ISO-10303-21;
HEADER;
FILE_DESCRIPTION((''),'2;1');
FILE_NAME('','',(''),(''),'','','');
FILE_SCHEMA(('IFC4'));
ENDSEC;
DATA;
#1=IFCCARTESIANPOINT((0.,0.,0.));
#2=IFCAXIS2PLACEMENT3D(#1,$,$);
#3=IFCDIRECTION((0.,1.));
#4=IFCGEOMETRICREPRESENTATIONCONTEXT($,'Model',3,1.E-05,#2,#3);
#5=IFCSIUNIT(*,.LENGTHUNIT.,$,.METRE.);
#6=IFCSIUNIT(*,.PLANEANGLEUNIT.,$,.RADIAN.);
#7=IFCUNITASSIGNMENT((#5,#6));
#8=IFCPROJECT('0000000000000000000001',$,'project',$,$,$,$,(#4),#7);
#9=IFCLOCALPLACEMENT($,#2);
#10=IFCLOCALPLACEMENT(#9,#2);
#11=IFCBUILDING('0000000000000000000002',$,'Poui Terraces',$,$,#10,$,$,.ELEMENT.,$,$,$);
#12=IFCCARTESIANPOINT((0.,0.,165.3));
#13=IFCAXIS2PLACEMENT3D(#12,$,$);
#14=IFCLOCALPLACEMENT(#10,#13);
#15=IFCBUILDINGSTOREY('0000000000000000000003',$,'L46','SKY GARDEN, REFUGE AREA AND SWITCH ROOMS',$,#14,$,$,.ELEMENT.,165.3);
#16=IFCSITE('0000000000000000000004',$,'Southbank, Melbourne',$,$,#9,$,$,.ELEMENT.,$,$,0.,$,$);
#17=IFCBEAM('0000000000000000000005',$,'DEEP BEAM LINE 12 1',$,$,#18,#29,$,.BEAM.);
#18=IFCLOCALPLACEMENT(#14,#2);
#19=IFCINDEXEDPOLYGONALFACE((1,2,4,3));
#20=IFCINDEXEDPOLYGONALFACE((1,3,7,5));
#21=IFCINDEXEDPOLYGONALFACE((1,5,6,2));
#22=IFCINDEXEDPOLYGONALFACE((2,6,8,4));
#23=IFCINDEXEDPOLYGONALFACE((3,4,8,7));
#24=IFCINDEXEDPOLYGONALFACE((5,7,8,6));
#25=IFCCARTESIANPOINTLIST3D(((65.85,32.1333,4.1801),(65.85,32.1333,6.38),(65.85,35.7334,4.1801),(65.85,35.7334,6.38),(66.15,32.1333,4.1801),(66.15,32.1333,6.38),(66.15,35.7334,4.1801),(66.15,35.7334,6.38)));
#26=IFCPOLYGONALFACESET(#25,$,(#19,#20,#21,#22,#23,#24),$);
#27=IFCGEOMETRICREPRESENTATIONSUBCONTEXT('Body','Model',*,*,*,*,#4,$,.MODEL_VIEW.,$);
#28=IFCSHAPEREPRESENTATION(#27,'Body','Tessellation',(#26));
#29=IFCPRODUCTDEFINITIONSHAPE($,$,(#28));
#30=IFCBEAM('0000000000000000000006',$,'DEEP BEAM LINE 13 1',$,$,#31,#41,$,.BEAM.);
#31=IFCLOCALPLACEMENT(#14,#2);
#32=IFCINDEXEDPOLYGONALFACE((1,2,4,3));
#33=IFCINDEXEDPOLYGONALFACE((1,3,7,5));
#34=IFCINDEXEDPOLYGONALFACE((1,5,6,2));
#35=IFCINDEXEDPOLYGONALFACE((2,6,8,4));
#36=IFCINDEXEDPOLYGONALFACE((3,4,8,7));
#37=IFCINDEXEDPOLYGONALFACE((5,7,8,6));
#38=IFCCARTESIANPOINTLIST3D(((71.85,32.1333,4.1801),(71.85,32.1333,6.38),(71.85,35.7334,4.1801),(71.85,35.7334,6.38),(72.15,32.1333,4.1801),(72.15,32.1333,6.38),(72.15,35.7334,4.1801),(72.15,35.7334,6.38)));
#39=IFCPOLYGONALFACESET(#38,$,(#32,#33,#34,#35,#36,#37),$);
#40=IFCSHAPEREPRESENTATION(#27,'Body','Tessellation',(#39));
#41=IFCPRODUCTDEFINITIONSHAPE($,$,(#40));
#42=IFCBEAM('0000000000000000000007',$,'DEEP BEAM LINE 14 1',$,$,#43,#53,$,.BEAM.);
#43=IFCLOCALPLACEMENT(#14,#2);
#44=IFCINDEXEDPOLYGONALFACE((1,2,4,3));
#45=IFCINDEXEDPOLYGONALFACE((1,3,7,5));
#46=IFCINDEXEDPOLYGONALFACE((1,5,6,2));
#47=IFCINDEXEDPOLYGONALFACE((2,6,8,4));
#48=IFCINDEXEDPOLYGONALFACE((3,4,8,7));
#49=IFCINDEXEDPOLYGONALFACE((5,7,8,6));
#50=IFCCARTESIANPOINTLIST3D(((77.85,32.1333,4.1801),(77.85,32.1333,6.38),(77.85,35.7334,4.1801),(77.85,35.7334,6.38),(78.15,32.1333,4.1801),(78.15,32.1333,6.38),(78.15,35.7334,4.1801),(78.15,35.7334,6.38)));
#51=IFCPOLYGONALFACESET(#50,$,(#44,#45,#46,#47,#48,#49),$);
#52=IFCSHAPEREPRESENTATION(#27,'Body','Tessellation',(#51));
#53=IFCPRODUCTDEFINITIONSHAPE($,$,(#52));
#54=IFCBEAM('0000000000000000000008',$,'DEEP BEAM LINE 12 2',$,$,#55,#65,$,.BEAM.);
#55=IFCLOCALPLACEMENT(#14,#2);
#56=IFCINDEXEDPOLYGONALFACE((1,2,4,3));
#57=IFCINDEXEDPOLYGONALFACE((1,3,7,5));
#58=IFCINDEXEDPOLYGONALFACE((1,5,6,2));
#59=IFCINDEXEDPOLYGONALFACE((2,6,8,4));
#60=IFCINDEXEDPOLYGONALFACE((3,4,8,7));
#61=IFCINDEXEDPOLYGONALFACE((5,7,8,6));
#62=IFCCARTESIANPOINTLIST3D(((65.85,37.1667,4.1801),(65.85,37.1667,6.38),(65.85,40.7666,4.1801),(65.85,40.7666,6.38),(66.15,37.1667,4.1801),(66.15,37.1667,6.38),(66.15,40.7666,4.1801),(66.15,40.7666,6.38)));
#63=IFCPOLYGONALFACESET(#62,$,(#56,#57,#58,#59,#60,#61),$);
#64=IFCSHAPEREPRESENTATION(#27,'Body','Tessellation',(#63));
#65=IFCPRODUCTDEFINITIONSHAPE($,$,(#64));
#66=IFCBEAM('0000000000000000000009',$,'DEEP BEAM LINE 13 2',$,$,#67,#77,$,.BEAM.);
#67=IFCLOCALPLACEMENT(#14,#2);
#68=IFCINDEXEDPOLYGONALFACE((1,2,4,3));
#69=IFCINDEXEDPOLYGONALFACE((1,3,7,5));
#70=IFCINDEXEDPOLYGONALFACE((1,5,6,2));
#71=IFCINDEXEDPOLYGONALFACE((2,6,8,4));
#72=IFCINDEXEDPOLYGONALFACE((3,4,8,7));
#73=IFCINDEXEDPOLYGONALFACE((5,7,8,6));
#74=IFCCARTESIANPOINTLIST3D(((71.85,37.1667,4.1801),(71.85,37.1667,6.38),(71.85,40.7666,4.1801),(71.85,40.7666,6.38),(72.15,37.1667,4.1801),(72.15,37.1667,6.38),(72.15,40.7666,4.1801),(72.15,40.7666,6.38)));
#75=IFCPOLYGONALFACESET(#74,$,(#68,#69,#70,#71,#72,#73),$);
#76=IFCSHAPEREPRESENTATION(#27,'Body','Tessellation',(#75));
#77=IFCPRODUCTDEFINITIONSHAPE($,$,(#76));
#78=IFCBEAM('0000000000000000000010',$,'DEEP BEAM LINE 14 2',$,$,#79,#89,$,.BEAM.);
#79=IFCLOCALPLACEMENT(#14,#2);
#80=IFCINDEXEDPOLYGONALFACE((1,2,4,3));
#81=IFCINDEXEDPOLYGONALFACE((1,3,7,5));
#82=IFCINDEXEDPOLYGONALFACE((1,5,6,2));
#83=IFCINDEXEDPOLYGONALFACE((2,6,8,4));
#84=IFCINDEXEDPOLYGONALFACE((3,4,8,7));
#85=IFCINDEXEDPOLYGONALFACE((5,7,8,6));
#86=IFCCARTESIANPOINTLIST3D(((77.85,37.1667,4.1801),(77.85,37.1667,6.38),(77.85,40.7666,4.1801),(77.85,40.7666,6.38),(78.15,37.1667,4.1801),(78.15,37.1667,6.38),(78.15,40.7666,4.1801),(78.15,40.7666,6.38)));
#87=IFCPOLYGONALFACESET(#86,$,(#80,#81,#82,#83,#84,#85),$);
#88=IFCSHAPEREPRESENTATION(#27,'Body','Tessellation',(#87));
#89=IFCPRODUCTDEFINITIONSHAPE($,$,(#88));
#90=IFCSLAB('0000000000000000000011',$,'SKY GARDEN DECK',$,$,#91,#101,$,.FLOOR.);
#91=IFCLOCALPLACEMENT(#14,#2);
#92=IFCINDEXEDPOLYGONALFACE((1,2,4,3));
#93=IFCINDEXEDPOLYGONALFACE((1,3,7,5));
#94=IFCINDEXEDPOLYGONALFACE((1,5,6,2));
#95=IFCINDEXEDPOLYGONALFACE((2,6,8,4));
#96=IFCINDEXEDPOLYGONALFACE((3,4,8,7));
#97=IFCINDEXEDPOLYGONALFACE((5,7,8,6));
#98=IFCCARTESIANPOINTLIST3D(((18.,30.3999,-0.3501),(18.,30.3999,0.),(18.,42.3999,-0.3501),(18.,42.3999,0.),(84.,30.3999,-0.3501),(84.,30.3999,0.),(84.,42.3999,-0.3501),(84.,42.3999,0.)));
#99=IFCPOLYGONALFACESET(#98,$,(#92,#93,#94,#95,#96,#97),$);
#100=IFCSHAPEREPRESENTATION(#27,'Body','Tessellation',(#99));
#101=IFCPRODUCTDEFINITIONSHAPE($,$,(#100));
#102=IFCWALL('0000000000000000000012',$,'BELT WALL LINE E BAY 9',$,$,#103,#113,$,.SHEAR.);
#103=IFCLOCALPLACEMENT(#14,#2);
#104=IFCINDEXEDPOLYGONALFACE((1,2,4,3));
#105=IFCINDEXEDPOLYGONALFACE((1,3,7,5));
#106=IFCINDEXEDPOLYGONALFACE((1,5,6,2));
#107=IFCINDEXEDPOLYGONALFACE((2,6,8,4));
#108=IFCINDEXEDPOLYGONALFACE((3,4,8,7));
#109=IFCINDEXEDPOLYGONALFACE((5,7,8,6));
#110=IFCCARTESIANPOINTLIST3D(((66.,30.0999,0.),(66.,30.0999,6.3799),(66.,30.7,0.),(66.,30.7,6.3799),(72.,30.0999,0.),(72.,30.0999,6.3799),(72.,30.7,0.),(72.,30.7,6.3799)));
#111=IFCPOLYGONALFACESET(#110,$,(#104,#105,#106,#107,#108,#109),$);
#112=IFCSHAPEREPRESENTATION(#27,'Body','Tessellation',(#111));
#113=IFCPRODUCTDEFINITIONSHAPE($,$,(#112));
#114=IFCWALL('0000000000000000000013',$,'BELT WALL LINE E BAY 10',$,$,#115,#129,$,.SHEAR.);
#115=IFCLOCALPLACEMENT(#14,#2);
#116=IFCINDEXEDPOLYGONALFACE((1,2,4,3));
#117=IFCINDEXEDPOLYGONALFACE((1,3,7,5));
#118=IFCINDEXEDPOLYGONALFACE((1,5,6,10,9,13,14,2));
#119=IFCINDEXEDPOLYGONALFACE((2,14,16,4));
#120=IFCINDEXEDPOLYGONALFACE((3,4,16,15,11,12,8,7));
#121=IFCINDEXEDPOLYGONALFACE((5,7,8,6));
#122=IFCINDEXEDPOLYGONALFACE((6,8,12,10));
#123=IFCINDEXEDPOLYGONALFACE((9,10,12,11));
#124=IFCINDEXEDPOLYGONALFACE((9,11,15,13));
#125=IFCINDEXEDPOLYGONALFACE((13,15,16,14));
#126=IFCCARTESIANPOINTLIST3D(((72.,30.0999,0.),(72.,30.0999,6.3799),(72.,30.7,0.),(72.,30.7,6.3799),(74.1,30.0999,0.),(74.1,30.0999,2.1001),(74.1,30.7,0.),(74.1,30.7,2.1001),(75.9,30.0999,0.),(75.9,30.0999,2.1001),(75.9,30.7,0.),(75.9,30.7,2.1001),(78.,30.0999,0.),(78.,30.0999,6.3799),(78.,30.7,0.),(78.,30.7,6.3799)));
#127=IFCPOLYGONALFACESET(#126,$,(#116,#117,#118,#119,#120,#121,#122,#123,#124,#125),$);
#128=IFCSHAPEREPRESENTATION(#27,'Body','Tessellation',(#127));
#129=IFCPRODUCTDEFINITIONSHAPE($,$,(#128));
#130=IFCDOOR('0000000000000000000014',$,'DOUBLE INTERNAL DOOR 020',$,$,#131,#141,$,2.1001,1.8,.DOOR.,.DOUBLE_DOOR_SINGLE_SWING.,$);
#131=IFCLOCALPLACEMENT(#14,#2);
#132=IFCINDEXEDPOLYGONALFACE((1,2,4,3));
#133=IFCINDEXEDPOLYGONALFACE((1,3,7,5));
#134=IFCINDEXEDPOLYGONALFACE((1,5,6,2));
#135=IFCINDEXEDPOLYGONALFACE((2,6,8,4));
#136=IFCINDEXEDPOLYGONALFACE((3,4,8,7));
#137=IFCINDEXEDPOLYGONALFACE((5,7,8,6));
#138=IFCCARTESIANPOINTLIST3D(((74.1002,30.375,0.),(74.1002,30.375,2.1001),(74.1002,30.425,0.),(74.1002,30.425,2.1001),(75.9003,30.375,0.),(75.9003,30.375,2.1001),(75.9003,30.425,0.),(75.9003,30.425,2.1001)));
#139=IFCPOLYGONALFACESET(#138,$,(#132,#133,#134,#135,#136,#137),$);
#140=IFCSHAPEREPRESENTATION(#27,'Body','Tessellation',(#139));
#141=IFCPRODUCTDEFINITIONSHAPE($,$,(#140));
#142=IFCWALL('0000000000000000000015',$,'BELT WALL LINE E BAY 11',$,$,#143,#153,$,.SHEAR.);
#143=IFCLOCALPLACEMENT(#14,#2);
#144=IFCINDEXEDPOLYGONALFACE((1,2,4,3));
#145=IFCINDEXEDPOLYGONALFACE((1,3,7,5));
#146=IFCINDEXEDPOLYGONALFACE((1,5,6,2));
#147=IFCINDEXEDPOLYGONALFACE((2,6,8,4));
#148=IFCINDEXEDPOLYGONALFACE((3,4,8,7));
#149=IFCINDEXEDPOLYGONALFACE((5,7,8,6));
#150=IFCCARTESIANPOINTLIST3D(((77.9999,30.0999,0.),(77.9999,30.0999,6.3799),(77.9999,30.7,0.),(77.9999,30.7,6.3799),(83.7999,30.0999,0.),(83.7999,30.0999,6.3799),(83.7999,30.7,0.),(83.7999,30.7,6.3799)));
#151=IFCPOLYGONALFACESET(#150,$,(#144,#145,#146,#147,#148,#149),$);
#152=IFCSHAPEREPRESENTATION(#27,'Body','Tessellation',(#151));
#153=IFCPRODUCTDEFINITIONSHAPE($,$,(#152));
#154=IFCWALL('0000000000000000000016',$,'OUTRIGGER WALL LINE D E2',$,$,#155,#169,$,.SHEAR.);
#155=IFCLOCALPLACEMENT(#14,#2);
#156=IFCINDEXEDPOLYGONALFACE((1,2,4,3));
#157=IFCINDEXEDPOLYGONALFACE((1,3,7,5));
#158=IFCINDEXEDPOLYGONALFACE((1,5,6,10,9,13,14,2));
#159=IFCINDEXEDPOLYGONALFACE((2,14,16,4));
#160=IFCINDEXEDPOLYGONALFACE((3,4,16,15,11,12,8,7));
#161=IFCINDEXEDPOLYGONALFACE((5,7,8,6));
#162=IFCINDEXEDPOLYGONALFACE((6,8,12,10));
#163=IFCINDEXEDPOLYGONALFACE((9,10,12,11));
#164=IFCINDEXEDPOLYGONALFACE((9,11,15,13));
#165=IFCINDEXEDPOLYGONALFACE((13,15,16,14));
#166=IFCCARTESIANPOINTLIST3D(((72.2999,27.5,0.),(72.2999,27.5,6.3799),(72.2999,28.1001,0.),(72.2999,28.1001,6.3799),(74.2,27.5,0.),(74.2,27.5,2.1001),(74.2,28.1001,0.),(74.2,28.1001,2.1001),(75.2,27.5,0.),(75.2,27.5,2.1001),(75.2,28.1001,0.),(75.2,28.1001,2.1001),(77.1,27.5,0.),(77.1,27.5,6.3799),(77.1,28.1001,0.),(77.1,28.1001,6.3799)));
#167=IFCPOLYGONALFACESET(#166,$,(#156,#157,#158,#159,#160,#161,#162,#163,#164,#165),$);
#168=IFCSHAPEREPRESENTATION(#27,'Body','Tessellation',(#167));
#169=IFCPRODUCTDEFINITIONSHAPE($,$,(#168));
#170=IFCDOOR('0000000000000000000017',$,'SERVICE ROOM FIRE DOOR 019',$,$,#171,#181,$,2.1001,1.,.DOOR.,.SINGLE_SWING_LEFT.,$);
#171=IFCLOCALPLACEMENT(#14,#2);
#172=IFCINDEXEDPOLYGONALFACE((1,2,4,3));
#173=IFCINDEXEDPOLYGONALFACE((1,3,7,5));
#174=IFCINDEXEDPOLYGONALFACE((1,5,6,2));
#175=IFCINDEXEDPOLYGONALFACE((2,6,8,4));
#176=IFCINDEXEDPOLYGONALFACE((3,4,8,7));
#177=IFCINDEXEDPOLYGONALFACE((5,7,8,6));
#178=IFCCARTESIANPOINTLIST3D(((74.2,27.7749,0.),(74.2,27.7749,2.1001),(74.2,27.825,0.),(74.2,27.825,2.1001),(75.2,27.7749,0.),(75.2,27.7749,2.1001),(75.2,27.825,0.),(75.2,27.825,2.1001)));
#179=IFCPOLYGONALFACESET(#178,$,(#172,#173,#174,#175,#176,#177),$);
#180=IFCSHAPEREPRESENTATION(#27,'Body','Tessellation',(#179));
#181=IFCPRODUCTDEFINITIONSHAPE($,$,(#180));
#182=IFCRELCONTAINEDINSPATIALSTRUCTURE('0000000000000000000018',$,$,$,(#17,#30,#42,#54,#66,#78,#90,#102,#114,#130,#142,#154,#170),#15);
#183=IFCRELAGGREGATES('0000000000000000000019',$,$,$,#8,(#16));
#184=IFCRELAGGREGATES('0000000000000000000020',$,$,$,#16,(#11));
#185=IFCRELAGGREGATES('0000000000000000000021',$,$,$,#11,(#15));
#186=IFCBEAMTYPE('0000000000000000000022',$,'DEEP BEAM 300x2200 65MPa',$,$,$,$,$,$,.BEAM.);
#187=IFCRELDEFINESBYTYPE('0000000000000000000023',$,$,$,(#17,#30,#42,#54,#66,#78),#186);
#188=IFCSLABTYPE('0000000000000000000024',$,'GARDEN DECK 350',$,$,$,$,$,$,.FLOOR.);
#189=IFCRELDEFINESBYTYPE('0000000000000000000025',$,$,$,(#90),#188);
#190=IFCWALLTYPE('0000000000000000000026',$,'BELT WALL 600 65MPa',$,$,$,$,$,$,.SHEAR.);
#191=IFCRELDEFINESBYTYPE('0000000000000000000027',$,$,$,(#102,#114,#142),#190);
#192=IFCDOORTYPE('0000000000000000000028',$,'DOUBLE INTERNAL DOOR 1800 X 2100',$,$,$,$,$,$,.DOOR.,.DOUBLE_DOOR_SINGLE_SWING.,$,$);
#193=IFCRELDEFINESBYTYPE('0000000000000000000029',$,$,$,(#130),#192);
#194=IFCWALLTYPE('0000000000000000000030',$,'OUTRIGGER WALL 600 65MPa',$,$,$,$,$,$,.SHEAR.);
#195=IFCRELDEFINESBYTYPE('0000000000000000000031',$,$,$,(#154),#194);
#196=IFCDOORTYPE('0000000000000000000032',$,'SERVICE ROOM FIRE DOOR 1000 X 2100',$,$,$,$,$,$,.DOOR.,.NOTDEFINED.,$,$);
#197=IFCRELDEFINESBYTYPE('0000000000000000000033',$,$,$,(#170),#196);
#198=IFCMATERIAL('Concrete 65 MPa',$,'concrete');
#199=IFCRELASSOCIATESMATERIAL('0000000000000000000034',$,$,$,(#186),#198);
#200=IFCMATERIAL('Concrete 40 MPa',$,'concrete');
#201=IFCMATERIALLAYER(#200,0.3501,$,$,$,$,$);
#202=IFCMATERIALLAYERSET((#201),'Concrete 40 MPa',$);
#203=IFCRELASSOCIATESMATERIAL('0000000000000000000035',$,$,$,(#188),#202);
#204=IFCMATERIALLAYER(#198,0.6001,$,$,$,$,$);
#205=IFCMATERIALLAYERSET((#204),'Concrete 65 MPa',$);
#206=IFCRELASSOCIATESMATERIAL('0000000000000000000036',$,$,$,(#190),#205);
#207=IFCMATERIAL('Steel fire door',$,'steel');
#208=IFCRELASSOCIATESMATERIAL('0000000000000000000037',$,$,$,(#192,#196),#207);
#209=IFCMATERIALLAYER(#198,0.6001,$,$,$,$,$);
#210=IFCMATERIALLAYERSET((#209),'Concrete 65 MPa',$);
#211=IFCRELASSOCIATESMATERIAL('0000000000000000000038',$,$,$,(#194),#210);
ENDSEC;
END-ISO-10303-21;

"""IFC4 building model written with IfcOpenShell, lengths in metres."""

from ifc_helpers import new_model, si_unit, direction, frame, frame_2d, origin, origin_2d, place, context, subcontext, project, spatial, polyline, rectangle, outline, extrude, source, transform, mapped, material, layer, layer_set, material_profile, profile_set, type_object, element, fill, save


model = new_model("IFC4")

# Units and contexts
model_context = context("Model", 3, precision=1e-05, world=origin(), true_north=direction((0.0, 1.0)))
body_context = subcontext(model_context, "Body", "Model", "MODEL_VIEW")
ifc_project = project(units=[si_unit("LENGTHUNIT", "METRE"), si_unit("PLANEANGLEUNIT", "RADIAN")], contexts=[model_context])

# Site, building, storey
site_placement = place(None, origin())
site = spatial("IfcSite", under=ifc_project, at=site_placement, Name="Southbank, Melbourne", CompositionType="ELEMENT", RefElevation=0.0)
building_placement = place(site_placement, origin())
building = spatial("IfcBuilding", under=site, at=building_placement, Name="Poui Terraces", CompositionType="ELEMENT")
storey_placement = place(building_placement, frame((0.0, 0.0, 165.3)))
storey = spatial("IfcBuildingStorey", under=building, at=storey_placement, Name="L46", Description="SKY GARDEN, REFUGE AREA AND SWITCH ROOMS", CompositionType="ELEMENT", Elevation=165.3)

# Beams
ifc_material_1 = material(Name="Concrete 65 MPa", Category="concrete")
ifc_material_profile = material_profile(ifc_material_1, rectangle(XDim=0.3, YDim=2.2, at=origin_2d()), Name="RC 300x2200")
ifc_profile_set = profile_set([ifc_material_profile], Name="Concrete 65 MPa")
beam_type = type_object("IfcBeamType", Name="DEEP BEAM 300x2200 65MPa", PredefinedType="BEAM", material=ifc_profile_set)
shared_shape_1 = source(origin(), body_context, "Body", "SweptSolid", [
    extrude(rectangle(XDim=0.3, YDim=2.2, at=origin_2d()), origin(), (0.0, 0.0, 1.0), 3.6001),
])
for number, where, z_axis, x_axis, name in (
    (1, (66.0, 32.1333, 5.28), (0.0, 1.0, 0.0), (-1.0, 0.0, 0.0), "DEEP BEAM LINE 12 1"),
    (2, (72.0, 32.1333, 5.28), (0.0, 1.0, 0.0), (-1.0, 0.0, 0.0), "DEEP BEAM LINE 13 1"),
    (3, (78.0, 32.1333, 5.28), (0.0, 1.0, 0.0), (-1.0, 0.0, 0.0), "DEEP BEAM LINE 14 1"),
):
    element("IfcBeam", number, at=place(storey_placement, frame(where, z_axis=z_axis, x_axis=x_axis)), inside=storey, type_object=beam_type, Name=name, PredefinedType="BEAM", context=body_context, shape_type="MappedRepresentation", body=[
        mapped(shared_shape_1, transform((0.0, 0.0, 0.0))),
    ])
shared_shape_2 = source(origin(), body_context, "Body", "SweptSolid", [
    extrude(rectangle(XDim=0.3, YDim=2.2, at=origin_2d()), origin(), (0.0, 0.0, 1.0), 3.5999),
])
for number, where, z_axis, x_axis, name in (
    (4, (66.0, 37.1667, 5.28), (0.0, 1.0, 0.0), (-1.0, 0.0, 0.0), "DEEP BEAM LINE 12 2"),
    (5, (72.0, 37.1667, 5.28), (0.0, 1.0, 0.0), (-1.0, 0.0, 0.0), "DEEP BEAM LINE 13 2"),
    (6, (78.0, 37.1667, 5.28), (0.0, 1.0, 0.0), (-1.0, 0.0, 0.0), "DEEP BEAM LINE 14 2"),
):
    element("IfcBeam", number, at=place(storey_placement, frame(where, z_axis=z_axis, x_axis=x_axis)), inside=storey, type_object=beam_type, Name=name, PredefinedType="BEAM", context=body_context, shape_type="MappedRepresentation", body=[
        mapped(shared_shape_2, transform((0.0, 0.0, 0.0))),
    ])

# Slab
ifc_material_2 = material(Name="Concrete 40 MPa", Category="concrete")
ifc_layer_1 = layer(ifc_material_2, 0.3501)
ifc_layer_set_1 = layer_set([ifc_layer_1], Name="Concrete 40 MPa")
slab_type = type_object("IfcSlabType", Name="GARDEN DECK 350", PredefinedType="FLOOR", material=ifc_layer_set_1)
shared_shape_3 = source(origin(), body_context, "Body", "SweptSolid", [
    extrude(outline(polyline([(0.0, 0.0), (0.0, 12.0), (-66.0, 12.0), (-66.0, 0.0), (0.0, 0.0)])), origin(), (0.0, 0.0, 1.0), 0.3501),
])
slab_placement = place(storey_placement, frame((84.0, 30.3999, -0.3501)))
element("IfcSlab", 7, at=slab_placement, inside=storey, type_object=slab_type, Name="SKY GARDEN DECK", PredefinedType="FLOOR", context=body_context, shape_type="MappedRepresentation", body=[
    mapped(shared_shape_3, transform((0.0, 0.0, 0.0))),
])

# Wall
ifc_layer_2 = layer(ifc_material_1, 0.6001)
ifc_layer_set_2 = layer_set([ifc_layer_2], Name="Concrete 65 MPa")
wall_type_1 = type_object("IfcWallType", Name="BELT WALL 600 65MPa", PredefinedType="SHEAR", material=ifc_layer_set_2)
wall_1_placement = place(storey_placement, frame((66.0, 30.3999, 0.0), z_axis=(0.0, 0.0, 1.0), x_axis=(1.0, 0.0, 0.0)))
element("IfcWall", 8, at=wall_1_placement, inside=storey, type_object=wall_type_1, Name="BELT WALL LINE E BAY 9", PredefinedType="SHEAR", context=body_context, shape_type="SweptSolid", body=[
    extrude(rectangle(XDim=6.0, YDim=0.6001, at=frame_2d((3.0, 0.0))), origin(), (0.0, 0.0, 1.0), 6.3799),
])

# Wall, opening, door
wall_2_placement = place(storey_placement, frame((72.0, 30.3999, 0.0), z_axis=(0.0, 0.0, 1.0), x_axis=(1.0, 0.0, 0.0)))
wall_2 = element("IfcWall", 9, at=wall_2_placement, inside=storey, type_object=wall_type_1, Name="BELT WALL LINE E BAY 10", PredefinedType="SHEAR", context=body_context, shape_type="SweptSolid", body=[
    extrude(rectangle(XDim=6.0, YDim=0.6001, at=frame_2d((3.0, 0.0))), origin(), (0.0, 0.0, 1.0), 6.3799),
])
opening_1_placement = place(wall_2_placement, frame((2.1001, 0.0, 0.0)))
opening_1 = element("IfcOpeningElement", 10, at=opening_1_placement, cuts=wall_2, PredefinedType="OPENING", context=body_context, shape_type="SweptSolid", body=[
    extrude(rectangle(XDim=1.8, YDim=2.1001, at=frame_2d((0.8999, 1.05))), frame((0.0, 0.3101, 0.0), z_axis=(0.0, -1.0, 0.0), x_axis=(1.0, 0.0, 0.0)), (0.0, 0.0, 1.0), 0.6201),
])
ifc_material_3 = material(Name="Steel fire door", Category="steel")
door_type_1 = type_object("IfcDoorType", Name="DOUBLE INTERNAL DOOR 1800 X 2100", OperationType="DOUBLE_DOOR_SINGLE_SWING", PredefinedType="DOOR", material=ifc_material_3)
door_1_placement = place(opening_1_placement, frame((1.8, 0.0, 0.0), z_axis=(0.0, 0.0, 1.0), x_axis=(-1.0, 0.0, 0.0)))
door_1 = element("IfcDoor", 11, at=door_1_placement, inside=storey, type_object=door_type_1, Name="DOUBLE INTERNAL DOOR 020", OperationType="DOUBLE_DOOR_SINGLE_SWING", OverallHeight=2.1001, OverallWidth=1.8, PredefinedType="DOOR", context=body_context, shape_type="SweptSolid", body=[
    extrude(rectangle(XDim=1.8, YDim=2.1001, at=frame_2d((0.8999, 1.05))), frame((0.0, 0.0249, 0.0), z_axis=(0.0, -1.0, 0.0), x_axis=(1.0, 0.0, 0.0)), (0.0, 0.0, 1.0), 0.05),
])
fill(opening_1, door_1)

# Wall
wall_3_placement = place(storey_placement, frame((78.0, 30.3999, 0.0), z_axis=(0.0, 0.0, 1.0), x_axis=(1.0, 0.0, 0.0)))
element("IfcWall", 12, at=wall_3_placement, inside=storey, type_object=wall_type_1, Name="BELT WALL LINE E BAY 11", PredefinedType="SHEAR", context=body_context, shape_type="SweptSolid", body=[
    extrude(rectangle(XDim=5.8, YDim=0.6001, at=frame_2d((2.8999, 0.0))), origin(), (0.0, 0.0, 1.0), 6.3799),
])

# Wall, opening, door
ifc_layer_3 = layer(ifc_material_1, 0.6001)
ifc_layer_set_3 = layer_set([ifc_layer_3], Name="Concrete 65 MPa")
wall_type_2 = type_object("IfcWallType", Name="OUTRIGGER WALL 600 65MPa", PredefinedType="SHEAR", material=ifc_layer_set_3)
wall_4_placement = place(storey_placement, frame((72.3, 27.8, 0.0), z_axis=(0.0, 0.0, 1.0), x_axis=(1.0, 0.0, 0.0)))
wall_4 = element("IfcWall", 13, at=wall_4_placement, inside=storey, type_object=wall_type_2, Name="OUTRIGGER WALL LINE D E2", PredefinedType="SHEAR", context=body_context, shape_type="SweptSolid", body=[
    extrude(rectangle(XDim=4.8, YDim=0.6001, at=frame_2d((2.3999, 0.0))), origin(), (0.0, 0.0, 1.0), 6.3799),
])
opening_2_placement = place(wall_4_placement, frame((1.8999, 0.0, 0.0)))
opening_2 = element("IfcOpeningElement", 14, at=opening_2_placement, cuts=wall_4, PredefinedType="OPENING", context=body_context, shape_type="SweptSolid", body=[
    extrude(rectangle(XDim=1.0, YDim=2.1001, at=frame_2d((0.5, 1.05))), frame((0.0, 0.3101, 0.0), z_axis=(0.0, -1.0, 0.0), x_axis=(1.0, 0.0, 0.0)), (0.0, 0.0, 1.0), 0.6201),
])
door_type_2 = type_object("IfcDoorType", Name="SERVICE ROOM FIRE DOOR 1000 X 2100", OperationType="NOTDEFINED", PredefinedType="DOOR", material=ifc_material_3)
door_2_placement = place(opening_2_placement, origin())
door_2 = element("IfcDoor", 15, at=door_2_placement, inside=storey, type_object=door_type_2, Name="SERVICE ROOM FIRE DOOR 019", OperationType="SINGLE_SWING_LEFT", OverallHeight=2.1001, OverallWidth=1.0, PredefinedType="DOOR", context=body_context, shape_type="SweptSolid", body=[
    extrude(rectangle(XDim=1.0, YDim=2.1001, at=frame_2d((0.5, 1.05))), frame((0.0, 0.0249, 0.0), z_axis=(0.0, -1.0, 0.0), x_axis=(1.0, 0.0, 0.0)), (0.0, 0.0, 1.0), 0.05),
])
fill(opening_2, door_2)

save(model, "model.ifc")
